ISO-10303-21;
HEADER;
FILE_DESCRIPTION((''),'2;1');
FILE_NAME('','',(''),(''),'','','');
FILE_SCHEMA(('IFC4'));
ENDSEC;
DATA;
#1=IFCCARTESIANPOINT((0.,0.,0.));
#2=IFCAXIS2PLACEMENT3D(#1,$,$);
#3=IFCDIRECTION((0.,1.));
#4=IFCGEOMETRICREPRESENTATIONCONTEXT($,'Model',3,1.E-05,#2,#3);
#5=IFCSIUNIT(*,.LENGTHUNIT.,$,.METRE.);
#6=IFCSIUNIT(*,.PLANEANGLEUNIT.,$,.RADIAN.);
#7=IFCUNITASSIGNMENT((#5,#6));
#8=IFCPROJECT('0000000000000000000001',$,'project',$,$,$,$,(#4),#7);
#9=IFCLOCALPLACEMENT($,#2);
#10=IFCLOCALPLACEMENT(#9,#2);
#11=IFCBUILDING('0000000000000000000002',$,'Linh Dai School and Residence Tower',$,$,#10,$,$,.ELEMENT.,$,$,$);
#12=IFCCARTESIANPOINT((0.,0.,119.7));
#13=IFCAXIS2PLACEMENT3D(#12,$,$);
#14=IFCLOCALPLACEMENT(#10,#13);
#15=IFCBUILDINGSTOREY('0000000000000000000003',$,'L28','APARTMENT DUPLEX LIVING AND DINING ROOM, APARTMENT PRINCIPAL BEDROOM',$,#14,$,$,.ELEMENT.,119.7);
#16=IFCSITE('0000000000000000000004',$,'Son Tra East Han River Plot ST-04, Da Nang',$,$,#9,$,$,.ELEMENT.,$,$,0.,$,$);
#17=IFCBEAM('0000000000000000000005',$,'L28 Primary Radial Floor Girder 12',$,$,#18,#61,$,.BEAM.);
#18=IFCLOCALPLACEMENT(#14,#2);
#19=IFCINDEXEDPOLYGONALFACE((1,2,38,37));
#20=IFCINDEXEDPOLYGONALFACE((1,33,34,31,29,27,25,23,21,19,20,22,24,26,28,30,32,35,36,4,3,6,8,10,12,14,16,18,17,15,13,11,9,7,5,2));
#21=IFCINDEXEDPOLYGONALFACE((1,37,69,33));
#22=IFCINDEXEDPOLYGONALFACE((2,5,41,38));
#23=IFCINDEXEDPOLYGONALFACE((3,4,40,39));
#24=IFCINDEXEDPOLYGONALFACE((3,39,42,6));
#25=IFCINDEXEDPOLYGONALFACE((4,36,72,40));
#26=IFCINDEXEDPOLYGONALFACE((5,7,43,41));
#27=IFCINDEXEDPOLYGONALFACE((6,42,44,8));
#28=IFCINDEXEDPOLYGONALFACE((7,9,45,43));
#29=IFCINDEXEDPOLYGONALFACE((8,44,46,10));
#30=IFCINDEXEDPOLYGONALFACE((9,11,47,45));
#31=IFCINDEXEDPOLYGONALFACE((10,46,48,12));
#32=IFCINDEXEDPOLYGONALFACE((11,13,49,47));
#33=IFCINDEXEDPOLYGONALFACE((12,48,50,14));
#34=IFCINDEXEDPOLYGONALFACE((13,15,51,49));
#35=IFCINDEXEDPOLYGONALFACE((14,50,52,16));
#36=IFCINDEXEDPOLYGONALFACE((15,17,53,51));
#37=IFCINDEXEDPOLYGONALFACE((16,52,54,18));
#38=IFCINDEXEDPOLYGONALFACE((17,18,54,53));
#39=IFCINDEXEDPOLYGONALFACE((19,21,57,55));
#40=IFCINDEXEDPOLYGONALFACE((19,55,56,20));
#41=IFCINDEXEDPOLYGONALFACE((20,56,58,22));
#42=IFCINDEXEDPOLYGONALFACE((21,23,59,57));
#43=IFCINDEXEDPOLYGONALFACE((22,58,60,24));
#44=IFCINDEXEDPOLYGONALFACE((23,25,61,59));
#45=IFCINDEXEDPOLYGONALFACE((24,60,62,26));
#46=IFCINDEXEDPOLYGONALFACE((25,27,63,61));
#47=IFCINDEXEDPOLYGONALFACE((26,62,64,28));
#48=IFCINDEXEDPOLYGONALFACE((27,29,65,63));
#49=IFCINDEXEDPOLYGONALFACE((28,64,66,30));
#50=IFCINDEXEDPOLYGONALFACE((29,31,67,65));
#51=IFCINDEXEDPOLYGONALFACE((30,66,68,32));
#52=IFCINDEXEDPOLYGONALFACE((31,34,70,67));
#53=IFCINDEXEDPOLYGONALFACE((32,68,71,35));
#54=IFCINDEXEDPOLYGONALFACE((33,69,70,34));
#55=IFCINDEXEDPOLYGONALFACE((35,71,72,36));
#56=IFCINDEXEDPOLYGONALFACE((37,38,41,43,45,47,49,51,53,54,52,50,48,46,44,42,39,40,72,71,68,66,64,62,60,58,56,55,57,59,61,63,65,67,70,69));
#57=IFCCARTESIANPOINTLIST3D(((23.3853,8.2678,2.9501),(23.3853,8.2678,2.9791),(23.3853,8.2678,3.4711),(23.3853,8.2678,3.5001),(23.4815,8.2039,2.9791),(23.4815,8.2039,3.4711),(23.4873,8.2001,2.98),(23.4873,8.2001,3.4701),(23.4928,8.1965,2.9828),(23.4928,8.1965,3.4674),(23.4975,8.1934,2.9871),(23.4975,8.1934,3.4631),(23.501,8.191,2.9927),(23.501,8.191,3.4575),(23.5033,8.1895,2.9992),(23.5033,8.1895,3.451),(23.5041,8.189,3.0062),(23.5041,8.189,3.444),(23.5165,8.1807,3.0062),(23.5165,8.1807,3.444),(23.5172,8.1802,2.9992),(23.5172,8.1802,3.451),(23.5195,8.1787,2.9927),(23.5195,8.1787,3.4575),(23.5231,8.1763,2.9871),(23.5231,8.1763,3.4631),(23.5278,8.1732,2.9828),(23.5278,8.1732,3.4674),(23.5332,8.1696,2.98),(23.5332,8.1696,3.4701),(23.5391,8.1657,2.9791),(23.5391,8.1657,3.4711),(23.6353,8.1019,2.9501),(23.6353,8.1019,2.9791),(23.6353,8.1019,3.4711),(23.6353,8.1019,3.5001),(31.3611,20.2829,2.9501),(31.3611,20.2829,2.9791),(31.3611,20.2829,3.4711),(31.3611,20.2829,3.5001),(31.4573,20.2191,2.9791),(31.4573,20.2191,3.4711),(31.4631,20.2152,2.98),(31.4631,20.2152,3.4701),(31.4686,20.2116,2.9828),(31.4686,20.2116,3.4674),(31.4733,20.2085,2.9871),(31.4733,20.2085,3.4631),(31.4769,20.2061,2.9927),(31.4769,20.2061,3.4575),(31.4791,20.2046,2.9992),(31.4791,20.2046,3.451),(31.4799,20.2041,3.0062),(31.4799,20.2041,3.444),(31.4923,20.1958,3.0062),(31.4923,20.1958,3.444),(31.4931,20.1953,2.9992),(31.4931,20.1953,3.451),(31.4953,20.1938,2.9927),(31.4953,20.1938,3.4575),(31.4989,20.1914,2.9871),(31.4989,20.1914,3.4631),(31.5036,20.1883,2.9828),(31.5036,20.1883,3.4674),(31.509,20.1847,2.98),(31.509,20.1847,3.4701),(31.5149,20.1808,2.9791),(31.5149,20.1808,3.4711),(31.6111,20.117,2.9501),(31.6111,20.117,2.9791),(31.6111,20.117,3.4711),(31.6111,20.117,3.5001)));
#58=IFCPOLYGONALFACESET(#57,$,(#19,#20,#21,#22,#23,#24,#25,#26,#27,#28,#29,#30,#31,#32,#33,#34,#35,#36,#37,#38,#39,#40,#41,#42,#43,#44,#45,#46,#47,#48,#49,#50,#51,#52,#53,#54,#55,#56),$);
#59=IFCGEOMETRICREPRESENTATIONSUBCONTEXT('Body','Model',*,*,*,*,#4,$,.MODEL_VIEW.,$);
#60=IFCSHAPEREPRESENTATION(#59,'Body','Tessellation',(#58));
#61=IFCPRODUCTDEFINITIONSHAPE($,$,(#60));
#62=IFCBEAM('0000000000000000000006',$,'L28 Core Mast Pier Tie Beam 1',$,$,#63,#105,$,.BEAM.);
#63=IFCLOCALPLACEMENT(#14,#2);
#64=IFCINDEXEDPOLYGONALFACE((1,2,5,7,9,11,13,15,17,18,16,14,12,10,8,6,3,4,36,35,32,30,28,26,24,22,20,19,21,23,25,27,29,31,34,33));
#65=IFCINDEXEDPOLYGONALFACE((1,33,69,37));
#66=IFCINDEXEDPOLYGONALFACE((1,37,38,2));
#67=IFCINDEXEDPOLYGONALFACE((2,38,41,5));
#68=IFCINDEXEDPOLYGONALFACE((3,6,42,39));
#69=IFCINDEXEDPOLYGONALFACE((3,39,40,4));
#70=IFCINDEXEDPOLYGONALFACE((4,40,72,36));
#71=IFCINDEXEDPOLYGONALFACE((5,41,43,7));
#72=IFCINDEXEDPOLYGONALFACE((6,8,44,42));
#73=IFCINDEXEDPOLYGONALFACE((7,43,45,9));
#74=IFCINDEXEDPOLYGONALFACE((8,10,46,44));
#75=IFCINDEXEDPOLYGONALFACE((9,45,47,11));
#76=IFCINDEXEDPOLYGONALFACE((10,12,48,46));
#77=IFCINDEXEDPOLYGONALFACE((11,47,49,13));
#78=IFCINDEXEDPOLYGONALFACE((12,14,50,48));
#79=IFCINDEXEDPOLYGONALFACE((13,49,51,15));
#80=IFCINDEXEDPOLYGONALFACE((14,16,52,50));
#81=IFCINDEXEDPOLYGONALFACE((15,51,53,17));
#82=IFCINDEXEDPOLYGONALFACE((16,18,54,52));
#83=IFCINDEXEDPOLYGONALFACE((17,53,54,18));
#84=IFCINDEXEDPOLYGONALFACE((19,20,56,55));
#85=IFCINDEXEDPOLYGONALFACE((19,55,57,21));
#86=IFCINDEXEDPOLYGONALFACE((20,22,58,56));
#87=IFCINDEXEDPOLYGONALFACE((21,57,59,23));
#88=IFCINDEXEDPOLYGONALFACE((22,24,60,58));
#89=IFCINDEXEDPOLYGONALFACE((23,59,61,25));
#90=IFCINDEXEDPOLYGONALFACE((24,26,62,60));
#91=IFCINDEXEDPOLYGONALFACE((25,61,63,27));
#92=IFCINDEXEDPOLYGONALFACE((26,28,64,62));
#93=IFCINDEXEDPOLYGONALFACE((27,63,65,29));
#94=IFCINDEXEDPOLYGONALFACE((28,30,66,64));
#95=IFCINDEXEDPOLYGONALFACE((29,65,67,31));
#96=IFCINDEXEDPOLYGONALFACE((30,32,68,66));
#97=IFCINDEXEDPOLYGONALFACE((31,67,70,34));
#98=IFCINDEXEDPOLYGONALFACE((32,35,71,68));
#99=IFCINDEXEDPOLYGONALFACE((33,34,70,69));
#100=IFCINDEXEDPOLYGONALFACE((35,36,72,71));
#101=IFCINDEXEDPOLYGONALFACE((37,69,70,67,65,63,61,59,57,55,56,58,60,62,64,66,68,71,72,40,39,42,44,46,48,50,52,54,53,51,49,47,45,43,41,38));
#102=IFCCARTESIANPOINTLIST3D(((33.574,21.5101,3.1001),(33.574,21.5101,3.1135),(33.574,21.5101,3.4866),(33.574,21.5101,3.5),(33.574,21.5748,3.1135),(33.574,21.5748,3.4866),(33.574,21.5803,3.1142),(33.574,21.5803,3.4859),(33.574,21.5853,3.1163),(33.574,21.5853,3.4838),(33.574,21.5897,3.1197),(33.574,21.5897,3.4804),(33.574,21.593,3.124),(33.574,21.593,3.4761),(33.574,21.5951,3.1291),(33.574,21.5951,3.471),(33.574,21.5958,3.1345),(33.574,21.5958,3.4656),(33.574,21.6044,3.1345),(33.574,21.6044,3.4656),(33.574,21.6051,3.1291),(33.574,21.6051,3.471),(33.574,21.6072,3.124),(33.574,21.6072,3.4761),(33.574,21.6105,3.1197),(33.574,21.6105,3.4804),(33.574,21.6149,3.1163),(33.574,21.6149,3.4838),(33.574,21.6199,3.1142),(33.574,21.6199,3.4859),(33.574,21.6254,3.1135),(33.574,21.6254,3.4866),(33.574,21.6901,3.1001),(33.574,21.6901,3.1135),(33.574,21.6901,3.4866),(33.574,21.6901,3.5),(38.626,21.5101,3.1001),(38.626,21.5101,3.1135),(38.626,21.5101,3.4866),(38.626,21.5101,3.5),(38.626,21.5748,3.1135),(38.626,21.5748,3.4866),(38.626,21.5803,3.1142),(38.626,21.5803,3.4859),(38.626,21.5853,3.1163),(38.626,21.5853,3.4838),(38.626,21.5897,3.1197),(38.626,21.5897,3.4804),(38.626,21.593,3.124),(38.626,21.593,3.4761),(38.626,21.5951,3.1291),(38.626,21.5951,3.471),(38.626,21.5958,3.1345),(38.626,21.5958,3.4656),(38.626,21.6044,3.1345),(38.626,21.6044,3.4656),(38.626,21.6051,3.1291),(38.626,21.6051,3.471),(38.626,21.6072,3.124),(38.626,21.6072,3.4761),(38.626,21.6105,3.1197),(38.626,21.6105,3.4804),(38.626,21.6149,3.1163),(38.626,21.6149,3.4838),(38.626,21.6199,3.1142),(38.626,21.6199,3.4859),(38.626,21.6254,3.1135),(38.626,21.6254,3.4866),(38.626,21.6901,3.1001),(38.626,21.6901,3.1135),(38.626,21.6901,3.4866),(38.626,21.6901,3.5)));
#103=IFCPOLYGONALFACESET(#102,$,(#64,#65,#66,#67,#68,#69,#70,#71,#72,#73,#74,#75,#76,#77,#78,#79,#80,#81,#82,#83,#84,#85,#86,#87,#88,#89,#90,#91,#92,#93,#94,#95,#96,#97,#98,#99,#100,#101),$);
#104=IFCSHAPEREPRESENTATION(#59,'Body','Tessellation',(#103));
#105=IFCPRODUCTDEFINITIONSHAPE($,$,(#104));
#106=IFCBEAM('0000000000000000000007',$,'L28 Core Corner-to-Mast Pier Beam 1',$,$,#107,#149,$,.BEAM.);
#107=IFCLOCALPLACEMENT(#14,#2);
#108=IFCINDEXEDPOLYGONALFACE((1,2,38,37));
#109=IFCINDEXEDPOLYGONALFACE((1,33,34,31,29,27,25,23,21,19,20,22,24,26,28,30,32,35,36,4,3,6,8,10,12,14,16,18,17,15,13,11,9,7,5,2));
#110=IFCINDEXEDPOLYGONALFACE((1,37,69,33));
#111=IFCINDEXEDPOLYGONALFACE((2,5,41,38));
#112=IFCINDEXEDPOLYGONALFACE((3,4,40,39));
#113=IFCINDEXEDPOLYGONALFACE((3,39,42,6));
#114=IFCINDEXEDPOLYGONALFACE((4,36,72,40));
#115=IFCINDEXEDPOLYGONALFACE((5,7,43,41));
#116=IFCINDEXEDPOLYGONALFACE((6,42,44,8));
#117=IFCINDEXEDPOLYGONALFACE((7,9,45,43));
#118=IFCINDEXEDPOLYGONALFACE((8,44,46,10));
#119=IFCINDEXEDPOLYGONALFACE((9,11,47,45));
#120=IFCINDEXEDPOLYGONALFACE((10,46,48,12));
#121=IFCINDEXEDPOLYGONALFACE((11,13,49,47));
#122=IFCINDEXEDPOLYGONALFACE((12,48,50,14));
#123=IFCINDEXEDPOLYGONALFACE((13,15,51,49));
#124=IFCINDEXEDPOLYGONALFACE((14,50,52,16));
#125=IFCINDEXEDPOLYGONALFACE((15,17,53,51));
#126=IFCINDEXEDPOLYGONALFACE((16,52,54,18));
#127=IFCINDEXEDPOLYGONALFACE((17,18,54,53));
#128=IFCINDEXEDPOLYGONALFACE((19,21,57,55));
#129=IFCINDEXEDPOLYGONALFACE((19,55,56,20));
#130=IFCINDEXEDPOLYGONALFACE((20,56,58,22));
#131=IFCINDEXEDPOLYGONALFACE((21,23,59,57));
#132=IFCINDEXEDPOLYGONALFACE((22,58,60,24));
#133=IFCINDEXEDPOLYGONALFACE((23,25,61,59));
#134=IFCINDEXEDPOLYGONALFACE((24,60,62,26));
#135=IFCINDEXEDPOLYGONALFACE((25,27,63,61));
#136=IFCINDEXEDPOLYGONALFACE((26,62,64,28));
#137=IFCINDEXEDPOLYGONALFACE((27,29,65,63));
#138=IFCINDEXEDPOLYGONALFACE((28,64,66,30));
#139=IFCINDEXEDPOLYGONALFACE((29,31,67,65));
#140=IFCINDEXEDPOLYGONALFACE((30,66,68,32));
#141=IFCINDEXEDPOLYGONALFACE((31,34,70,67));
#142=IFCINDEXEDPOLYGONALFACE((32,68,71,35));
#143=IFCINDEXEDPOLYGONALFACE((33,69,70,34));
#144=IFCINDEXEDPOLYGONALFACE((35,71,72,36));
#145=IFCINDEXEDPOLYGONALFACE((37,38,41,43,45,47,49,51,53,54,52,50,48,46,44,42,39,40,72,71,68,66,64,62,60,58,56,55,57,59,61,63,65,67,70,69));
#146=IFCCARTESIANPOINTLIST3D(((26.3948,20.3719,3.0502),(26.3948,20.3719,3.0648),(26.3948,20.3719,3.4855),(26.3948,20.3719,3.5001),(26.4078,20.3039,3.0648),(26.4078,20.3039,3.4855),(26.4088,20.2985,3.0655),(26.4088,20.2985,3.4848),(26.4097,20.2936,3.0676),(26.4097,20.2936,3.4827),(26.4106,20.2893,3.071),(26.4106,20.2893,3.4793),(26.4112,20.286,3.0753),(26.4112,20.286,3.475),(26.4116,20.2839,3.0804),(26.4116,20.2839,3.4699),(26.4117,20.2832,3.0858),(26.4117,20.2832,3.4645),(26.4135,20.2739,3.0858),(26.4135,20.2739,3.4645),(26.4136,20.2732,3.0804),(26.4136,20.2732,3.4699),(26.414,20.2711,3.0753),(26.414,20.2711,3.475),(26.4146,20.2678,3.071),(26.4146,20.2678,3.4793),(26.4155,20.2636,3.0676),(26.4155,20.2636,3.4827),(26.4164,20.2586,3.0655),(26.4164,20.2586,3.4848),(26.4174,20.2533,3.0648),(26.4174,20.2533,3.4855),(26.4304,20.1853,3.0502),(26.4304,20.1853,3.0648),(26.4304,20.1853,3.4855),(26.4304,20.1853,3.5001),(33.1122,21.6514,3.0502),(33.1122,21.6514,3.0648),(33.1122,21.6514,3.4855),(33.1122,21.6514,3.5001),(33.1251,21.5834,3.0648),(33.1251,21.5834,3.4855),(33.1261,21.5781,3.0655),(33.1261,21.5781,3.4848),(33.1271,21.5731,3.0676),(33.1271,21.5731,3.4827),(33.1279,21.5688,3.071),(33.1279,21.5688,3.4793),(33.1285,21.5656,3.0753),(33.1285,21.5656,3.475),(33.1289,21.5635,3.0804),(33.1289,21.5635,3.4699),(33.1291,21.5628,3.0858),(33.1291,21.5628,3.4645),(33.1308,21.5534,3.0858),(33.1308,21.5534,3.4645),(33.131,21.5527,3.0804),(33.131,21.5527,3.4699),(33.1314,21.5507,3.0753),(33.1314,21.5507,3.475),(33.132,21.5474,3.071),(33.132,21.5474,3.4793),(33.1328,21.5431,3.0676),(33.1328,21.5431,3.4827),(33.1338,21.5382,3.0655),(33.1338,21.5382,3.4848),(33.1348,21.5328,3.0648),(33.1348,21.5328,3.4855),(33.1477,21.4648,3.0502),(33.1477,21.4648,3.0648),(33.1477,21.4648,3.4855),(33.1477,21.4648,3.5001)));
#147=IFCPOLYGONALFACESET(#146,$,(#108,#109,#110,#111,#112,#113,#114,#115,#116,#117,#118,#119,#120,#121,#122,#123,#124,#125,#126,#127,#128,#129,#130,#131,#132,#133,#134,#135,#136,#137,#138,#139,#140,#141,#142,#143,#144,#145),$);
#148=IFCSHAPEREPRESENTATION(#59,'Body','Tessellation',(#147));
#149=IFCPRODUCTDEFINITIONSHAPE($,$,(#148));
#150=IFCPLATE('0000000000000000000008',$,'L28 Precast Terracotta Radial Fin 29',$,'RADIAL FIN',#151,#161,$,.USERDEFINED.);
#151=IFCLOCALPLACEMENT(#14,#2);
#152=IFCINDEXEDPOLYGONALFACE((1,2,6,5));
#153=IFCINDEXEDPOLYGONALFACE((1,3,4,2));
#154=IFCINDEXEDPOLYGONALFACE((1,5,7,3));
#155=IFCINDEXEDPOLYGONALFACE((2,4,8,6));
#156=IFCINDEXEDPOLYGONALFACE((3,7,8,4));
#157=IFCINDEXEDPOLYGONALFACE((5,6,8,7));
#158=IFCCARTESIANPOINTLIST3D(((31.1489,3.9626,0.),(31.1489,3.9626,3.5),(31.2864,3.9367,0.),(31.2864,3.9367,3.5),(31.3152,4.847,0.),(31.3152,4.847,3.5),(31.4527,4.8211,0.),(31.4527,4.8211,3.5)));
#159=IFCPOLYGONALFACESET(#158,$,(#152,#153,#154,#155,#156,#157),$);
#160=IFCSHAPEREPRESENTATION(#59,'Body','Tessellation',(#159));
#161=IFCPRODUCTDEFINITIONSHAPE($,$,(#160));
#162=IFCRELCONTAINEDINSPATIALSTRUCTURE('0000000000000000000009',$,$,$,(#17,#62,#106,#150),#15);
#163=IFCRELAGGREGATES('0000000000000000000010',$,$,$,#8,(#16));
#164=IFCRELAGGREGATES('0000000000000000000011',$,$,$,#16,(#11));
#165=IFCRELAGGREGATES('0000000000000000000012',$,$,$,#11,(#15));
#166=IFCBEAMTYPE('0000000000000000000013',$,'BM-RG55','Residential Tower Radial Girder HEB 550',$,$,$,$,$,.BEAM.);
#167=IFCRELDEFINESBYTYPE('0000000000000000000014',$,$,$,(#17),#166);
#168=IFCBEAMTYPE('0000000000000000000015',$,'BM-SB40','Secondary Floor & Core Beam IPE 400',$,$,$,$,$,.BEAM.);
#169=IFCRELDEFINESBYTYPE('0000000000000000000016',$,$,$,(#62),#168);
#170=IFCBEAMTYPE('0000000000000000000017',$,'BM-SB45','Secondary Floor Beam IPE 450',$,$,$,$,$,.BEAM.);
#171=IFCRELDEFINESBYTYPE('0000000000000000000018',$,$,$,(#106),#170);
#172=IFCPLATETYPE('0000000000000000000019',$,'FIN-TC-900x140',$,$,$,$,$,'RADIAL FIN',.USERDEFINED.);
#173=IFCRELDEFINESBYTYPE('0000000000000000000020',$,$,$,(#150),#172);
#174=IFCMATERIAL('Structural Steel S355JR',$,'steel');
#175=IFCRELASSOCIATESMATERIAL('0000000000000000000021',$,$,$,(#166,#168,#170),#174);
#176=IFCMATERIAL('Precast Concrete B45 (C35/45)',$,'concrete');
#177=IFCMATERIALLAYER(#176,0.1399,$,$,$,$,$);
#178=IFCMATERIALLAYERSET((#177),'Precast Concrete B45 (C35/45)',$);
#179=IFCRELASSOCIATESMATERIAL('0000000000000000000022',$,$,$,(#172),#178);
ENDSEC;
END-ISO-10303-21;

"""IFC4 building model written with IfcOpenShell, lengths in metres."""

from ifc_helpers import new_model, si_unit, direction, frame, origin, origin_2d, place, context, subcontext, project, spatial, rectangle, i_section, extrude, source, transform, mapped, material, layer, layer_set, material_profile, profile_set, type_object, element, save


model = new_model("IFC4")

# Units and contexts
model_context = context("Model", 3, precision=1e-05, world=origin(), true_north=direction((0.0, 1.0)))
body_context = subcontext(model_context, "Body", "Model", "MODEL_VIEW")
ifc_project = project(units=[si_unit("LENGTHUNIT", "METRE"), si_unit("PLANEANGLEUNIT", "RADIAN")], contexts=[model_context])

# Site, building, storey
site_placement = place(None, origin())
site = spatial("IfcSite", under=ifc_project, at=site_placement, Name="Son Tra East Han River Plot ST-04, Da Nang", CompositionType="ELEMENT", RefElevation=0.0)
building_placement = place(site_placement, origin())
building = spatial("IfcBuilding", under=site, at=building_placement, Name="Linh Dai School and Residence Tower", CompositionType="ELEMENT")
storey_placement = place(building_placement, frame((0.0, 0.0, 119.7)))
storey = spatial("IfcBuildingStorey", under=building, at=storey_placement, Name="L28", Description="APARTMENT DUPLEX LIVING AND DINING ROOM, APARTMENT PRINCIPAL BEDROOM", CompositionType="ELEMENT", Elevation=119.7)

# Shared definitions
ifc_material_1 = material(Name="Structural Steel S355JR", Category="steel")

# Beams
ifc_material_profile_1 = material_profile(ifc_material_1, i_section(OverallWidth=0.3, OverallDepth=0.55, WebThickness=0.0149, FlangeThickness=0.0291, FilletRadius=0.0271, at=origin_2d()), Name="HEB 550")
ifc_profile_set_1 = profile_set([ifc_material_profile_1], Name="Structural Steel S355JR")
beam_type_1 = type_object("IfcBeamType", Name="BM-RG55", Description="Residential Tower Radial Girder HEB 550", PredefinedType="BEAM", material=ifc_profile_set_1)
beam_1_placement = place(storey_placement, frame((31.4861, 20.2, 3.2251), z_axis=(-0.553054, -0.833145, 0.0), x_axis=(0.833145, -0.553054, 0.0)))
element("IfcBeam", 1, at=beam_1_placement, inside=storey, type_object=beam_type_1, Name="L28 Primary Radial Floor Girder 12", PredefinedType="BEAM", context=body_context, shape_type="SweptSolid", body=[
    extrude(i_section(OverallWidth=0.3, OverallDepth=0.55, WebThickness=0.0149, FlangeThickness=0.0291, FilletRadius=0.0271, at=origin_2d()), origin(), (0.0, 0.0, 1.0), 14.4214),
])
ifc_material_profile_2 = material_profile(ifc_material_1, i_section(OverallWidth=0.1799, OverallDepth=0.3999, WebThickness=0.0085, FlangeThickness=0.0134, FilletRadius=0.021, at=origin_2d()), Name="IPE 400")
ifc_profile_set_2 = profile_set([ifc_material_profile_2], Name="Structural Steel S355JR")
beam_type_2 = type_object("IfcBeamType", Name="BM-SB40", Description="Secondary Floor & Core Beam IPE 400", PredefinedType="BEAM", material=ifc_profile_set_2)
beam_2_placement = place(storey_placement, frame((33.574, 21.6001, 3.3), z_axis=(1.0, 0.0, 0.0), x_axis=(0.0, 1.0, 0.0)))
element("IfcBeam", 2, at=beam_2_placement, inside=storey, type_object=beam_type_2, Name="L28 Core Mast Pier Tie Beam 1", PredefinedType="BEAM", context=body_context, shape_type="SweptSolid", body=[
    extrude(i_section(OverallWidth=0.1799, OverallDepth=0.3999, WebThickness=0.0085, FlangeThickness=0.0134, FilletRadius=0.021, at=origin_2d()), origin(), (0.0, 0.0, 1.0), 5.052),
])
ifc_material_profile_3 = material_profile(ifc_material_1, i_section(OverallWidth=0.1899, OverallDepth=0.45, WebThickness=0.0095, FlangeThickness=0.0146, FilletRadius=0.021, at=origin_2d()), Name="IPE 450")
ifc_profile_set_3 = profile_set([ifc_material_profile_3], Name="Structural Steel S355JR")
beam_type_3 = type_object("IfcBeamType", Name="BM-SB45", Description="Secondary Floor Beam IPE 450", PredefinedType="BEAM", material=ifc_profile_set_3)
beam_3_placement = place(storey_placement, frame((26.4126, 20.2786, 3.2751), z_axis=(0.982337, 0.18712, 0.0), x_axis=(-0.18712, 0.982337, 0.0)))
element("IfcBeam", 3, at=beam_3_placement, inside=storey, type_object=beam_type_3, Name="L28 Core Corner-to-Mast Pier Beam 1", PredefinedType="BEAM", context=body_context, shape_type="SweptSolid", body=[
    extrude(i_section(OverallWidth=0.1899, OverallDepth=0.45, WebThickness=0.0095, FlangeThickness=0.0146, FilletRadius=0.021, at=origin_2d()), origin(), (0.0, 0.0, 1.0), 6.8381),
])

# Plate
ifc_material_2 = material(Name="Precast Concrete B45 (C35/45)", Category="concrete")
ifc_layer_1 = layer(ifc_material_2, 0.1399)
ifc_layer_set_1 = layer_set([ifc_layer_1], Name="Precast Concrete B45 (C35/45)")
plate_type = type_object("IfcPlateType", Name="FIN-TC-900x140", ElementType="RADIAL FIN", PredefinedType="USERDEFINED", material=ifc_layer_set_1)
shared_shape_1 = source(origin(), body_context, "Body", "SweptSolid", [
    extrude(rectangle(XDim=0.8999, YDim=0.1399, at=origin_2d()), origin(), (0.0, 0.0, 1.0), 3.5),
])
plate_placement = place(storey_placement, frame((31.3008, 4.3918, 0.0), z_axis=(0.0, 0.0, 1.0), x_axis=(-0.184755, -0.982785, 0.0)))
element("IfcPlate", 4, at=plate_placement, inside=storey, type_object=plate_type, Name="L28 Precast Terracotta Radial Fin 29", ObjectType="RADIAL FIN", PredefinedType="USERDEFINED", context=body_context, shape_type="MappedRepresentation", body=[
    mapped(shared_shape_1, transform((0.0, 0.0, 0.0), x_axis=(1.0, 0.0, 0.0), y_axis=(0.0, 1.0, 0.0), z_axis=(0.0, 0.0, 1.0), scale=1.0)),
])

save(model, "model.ifc")
